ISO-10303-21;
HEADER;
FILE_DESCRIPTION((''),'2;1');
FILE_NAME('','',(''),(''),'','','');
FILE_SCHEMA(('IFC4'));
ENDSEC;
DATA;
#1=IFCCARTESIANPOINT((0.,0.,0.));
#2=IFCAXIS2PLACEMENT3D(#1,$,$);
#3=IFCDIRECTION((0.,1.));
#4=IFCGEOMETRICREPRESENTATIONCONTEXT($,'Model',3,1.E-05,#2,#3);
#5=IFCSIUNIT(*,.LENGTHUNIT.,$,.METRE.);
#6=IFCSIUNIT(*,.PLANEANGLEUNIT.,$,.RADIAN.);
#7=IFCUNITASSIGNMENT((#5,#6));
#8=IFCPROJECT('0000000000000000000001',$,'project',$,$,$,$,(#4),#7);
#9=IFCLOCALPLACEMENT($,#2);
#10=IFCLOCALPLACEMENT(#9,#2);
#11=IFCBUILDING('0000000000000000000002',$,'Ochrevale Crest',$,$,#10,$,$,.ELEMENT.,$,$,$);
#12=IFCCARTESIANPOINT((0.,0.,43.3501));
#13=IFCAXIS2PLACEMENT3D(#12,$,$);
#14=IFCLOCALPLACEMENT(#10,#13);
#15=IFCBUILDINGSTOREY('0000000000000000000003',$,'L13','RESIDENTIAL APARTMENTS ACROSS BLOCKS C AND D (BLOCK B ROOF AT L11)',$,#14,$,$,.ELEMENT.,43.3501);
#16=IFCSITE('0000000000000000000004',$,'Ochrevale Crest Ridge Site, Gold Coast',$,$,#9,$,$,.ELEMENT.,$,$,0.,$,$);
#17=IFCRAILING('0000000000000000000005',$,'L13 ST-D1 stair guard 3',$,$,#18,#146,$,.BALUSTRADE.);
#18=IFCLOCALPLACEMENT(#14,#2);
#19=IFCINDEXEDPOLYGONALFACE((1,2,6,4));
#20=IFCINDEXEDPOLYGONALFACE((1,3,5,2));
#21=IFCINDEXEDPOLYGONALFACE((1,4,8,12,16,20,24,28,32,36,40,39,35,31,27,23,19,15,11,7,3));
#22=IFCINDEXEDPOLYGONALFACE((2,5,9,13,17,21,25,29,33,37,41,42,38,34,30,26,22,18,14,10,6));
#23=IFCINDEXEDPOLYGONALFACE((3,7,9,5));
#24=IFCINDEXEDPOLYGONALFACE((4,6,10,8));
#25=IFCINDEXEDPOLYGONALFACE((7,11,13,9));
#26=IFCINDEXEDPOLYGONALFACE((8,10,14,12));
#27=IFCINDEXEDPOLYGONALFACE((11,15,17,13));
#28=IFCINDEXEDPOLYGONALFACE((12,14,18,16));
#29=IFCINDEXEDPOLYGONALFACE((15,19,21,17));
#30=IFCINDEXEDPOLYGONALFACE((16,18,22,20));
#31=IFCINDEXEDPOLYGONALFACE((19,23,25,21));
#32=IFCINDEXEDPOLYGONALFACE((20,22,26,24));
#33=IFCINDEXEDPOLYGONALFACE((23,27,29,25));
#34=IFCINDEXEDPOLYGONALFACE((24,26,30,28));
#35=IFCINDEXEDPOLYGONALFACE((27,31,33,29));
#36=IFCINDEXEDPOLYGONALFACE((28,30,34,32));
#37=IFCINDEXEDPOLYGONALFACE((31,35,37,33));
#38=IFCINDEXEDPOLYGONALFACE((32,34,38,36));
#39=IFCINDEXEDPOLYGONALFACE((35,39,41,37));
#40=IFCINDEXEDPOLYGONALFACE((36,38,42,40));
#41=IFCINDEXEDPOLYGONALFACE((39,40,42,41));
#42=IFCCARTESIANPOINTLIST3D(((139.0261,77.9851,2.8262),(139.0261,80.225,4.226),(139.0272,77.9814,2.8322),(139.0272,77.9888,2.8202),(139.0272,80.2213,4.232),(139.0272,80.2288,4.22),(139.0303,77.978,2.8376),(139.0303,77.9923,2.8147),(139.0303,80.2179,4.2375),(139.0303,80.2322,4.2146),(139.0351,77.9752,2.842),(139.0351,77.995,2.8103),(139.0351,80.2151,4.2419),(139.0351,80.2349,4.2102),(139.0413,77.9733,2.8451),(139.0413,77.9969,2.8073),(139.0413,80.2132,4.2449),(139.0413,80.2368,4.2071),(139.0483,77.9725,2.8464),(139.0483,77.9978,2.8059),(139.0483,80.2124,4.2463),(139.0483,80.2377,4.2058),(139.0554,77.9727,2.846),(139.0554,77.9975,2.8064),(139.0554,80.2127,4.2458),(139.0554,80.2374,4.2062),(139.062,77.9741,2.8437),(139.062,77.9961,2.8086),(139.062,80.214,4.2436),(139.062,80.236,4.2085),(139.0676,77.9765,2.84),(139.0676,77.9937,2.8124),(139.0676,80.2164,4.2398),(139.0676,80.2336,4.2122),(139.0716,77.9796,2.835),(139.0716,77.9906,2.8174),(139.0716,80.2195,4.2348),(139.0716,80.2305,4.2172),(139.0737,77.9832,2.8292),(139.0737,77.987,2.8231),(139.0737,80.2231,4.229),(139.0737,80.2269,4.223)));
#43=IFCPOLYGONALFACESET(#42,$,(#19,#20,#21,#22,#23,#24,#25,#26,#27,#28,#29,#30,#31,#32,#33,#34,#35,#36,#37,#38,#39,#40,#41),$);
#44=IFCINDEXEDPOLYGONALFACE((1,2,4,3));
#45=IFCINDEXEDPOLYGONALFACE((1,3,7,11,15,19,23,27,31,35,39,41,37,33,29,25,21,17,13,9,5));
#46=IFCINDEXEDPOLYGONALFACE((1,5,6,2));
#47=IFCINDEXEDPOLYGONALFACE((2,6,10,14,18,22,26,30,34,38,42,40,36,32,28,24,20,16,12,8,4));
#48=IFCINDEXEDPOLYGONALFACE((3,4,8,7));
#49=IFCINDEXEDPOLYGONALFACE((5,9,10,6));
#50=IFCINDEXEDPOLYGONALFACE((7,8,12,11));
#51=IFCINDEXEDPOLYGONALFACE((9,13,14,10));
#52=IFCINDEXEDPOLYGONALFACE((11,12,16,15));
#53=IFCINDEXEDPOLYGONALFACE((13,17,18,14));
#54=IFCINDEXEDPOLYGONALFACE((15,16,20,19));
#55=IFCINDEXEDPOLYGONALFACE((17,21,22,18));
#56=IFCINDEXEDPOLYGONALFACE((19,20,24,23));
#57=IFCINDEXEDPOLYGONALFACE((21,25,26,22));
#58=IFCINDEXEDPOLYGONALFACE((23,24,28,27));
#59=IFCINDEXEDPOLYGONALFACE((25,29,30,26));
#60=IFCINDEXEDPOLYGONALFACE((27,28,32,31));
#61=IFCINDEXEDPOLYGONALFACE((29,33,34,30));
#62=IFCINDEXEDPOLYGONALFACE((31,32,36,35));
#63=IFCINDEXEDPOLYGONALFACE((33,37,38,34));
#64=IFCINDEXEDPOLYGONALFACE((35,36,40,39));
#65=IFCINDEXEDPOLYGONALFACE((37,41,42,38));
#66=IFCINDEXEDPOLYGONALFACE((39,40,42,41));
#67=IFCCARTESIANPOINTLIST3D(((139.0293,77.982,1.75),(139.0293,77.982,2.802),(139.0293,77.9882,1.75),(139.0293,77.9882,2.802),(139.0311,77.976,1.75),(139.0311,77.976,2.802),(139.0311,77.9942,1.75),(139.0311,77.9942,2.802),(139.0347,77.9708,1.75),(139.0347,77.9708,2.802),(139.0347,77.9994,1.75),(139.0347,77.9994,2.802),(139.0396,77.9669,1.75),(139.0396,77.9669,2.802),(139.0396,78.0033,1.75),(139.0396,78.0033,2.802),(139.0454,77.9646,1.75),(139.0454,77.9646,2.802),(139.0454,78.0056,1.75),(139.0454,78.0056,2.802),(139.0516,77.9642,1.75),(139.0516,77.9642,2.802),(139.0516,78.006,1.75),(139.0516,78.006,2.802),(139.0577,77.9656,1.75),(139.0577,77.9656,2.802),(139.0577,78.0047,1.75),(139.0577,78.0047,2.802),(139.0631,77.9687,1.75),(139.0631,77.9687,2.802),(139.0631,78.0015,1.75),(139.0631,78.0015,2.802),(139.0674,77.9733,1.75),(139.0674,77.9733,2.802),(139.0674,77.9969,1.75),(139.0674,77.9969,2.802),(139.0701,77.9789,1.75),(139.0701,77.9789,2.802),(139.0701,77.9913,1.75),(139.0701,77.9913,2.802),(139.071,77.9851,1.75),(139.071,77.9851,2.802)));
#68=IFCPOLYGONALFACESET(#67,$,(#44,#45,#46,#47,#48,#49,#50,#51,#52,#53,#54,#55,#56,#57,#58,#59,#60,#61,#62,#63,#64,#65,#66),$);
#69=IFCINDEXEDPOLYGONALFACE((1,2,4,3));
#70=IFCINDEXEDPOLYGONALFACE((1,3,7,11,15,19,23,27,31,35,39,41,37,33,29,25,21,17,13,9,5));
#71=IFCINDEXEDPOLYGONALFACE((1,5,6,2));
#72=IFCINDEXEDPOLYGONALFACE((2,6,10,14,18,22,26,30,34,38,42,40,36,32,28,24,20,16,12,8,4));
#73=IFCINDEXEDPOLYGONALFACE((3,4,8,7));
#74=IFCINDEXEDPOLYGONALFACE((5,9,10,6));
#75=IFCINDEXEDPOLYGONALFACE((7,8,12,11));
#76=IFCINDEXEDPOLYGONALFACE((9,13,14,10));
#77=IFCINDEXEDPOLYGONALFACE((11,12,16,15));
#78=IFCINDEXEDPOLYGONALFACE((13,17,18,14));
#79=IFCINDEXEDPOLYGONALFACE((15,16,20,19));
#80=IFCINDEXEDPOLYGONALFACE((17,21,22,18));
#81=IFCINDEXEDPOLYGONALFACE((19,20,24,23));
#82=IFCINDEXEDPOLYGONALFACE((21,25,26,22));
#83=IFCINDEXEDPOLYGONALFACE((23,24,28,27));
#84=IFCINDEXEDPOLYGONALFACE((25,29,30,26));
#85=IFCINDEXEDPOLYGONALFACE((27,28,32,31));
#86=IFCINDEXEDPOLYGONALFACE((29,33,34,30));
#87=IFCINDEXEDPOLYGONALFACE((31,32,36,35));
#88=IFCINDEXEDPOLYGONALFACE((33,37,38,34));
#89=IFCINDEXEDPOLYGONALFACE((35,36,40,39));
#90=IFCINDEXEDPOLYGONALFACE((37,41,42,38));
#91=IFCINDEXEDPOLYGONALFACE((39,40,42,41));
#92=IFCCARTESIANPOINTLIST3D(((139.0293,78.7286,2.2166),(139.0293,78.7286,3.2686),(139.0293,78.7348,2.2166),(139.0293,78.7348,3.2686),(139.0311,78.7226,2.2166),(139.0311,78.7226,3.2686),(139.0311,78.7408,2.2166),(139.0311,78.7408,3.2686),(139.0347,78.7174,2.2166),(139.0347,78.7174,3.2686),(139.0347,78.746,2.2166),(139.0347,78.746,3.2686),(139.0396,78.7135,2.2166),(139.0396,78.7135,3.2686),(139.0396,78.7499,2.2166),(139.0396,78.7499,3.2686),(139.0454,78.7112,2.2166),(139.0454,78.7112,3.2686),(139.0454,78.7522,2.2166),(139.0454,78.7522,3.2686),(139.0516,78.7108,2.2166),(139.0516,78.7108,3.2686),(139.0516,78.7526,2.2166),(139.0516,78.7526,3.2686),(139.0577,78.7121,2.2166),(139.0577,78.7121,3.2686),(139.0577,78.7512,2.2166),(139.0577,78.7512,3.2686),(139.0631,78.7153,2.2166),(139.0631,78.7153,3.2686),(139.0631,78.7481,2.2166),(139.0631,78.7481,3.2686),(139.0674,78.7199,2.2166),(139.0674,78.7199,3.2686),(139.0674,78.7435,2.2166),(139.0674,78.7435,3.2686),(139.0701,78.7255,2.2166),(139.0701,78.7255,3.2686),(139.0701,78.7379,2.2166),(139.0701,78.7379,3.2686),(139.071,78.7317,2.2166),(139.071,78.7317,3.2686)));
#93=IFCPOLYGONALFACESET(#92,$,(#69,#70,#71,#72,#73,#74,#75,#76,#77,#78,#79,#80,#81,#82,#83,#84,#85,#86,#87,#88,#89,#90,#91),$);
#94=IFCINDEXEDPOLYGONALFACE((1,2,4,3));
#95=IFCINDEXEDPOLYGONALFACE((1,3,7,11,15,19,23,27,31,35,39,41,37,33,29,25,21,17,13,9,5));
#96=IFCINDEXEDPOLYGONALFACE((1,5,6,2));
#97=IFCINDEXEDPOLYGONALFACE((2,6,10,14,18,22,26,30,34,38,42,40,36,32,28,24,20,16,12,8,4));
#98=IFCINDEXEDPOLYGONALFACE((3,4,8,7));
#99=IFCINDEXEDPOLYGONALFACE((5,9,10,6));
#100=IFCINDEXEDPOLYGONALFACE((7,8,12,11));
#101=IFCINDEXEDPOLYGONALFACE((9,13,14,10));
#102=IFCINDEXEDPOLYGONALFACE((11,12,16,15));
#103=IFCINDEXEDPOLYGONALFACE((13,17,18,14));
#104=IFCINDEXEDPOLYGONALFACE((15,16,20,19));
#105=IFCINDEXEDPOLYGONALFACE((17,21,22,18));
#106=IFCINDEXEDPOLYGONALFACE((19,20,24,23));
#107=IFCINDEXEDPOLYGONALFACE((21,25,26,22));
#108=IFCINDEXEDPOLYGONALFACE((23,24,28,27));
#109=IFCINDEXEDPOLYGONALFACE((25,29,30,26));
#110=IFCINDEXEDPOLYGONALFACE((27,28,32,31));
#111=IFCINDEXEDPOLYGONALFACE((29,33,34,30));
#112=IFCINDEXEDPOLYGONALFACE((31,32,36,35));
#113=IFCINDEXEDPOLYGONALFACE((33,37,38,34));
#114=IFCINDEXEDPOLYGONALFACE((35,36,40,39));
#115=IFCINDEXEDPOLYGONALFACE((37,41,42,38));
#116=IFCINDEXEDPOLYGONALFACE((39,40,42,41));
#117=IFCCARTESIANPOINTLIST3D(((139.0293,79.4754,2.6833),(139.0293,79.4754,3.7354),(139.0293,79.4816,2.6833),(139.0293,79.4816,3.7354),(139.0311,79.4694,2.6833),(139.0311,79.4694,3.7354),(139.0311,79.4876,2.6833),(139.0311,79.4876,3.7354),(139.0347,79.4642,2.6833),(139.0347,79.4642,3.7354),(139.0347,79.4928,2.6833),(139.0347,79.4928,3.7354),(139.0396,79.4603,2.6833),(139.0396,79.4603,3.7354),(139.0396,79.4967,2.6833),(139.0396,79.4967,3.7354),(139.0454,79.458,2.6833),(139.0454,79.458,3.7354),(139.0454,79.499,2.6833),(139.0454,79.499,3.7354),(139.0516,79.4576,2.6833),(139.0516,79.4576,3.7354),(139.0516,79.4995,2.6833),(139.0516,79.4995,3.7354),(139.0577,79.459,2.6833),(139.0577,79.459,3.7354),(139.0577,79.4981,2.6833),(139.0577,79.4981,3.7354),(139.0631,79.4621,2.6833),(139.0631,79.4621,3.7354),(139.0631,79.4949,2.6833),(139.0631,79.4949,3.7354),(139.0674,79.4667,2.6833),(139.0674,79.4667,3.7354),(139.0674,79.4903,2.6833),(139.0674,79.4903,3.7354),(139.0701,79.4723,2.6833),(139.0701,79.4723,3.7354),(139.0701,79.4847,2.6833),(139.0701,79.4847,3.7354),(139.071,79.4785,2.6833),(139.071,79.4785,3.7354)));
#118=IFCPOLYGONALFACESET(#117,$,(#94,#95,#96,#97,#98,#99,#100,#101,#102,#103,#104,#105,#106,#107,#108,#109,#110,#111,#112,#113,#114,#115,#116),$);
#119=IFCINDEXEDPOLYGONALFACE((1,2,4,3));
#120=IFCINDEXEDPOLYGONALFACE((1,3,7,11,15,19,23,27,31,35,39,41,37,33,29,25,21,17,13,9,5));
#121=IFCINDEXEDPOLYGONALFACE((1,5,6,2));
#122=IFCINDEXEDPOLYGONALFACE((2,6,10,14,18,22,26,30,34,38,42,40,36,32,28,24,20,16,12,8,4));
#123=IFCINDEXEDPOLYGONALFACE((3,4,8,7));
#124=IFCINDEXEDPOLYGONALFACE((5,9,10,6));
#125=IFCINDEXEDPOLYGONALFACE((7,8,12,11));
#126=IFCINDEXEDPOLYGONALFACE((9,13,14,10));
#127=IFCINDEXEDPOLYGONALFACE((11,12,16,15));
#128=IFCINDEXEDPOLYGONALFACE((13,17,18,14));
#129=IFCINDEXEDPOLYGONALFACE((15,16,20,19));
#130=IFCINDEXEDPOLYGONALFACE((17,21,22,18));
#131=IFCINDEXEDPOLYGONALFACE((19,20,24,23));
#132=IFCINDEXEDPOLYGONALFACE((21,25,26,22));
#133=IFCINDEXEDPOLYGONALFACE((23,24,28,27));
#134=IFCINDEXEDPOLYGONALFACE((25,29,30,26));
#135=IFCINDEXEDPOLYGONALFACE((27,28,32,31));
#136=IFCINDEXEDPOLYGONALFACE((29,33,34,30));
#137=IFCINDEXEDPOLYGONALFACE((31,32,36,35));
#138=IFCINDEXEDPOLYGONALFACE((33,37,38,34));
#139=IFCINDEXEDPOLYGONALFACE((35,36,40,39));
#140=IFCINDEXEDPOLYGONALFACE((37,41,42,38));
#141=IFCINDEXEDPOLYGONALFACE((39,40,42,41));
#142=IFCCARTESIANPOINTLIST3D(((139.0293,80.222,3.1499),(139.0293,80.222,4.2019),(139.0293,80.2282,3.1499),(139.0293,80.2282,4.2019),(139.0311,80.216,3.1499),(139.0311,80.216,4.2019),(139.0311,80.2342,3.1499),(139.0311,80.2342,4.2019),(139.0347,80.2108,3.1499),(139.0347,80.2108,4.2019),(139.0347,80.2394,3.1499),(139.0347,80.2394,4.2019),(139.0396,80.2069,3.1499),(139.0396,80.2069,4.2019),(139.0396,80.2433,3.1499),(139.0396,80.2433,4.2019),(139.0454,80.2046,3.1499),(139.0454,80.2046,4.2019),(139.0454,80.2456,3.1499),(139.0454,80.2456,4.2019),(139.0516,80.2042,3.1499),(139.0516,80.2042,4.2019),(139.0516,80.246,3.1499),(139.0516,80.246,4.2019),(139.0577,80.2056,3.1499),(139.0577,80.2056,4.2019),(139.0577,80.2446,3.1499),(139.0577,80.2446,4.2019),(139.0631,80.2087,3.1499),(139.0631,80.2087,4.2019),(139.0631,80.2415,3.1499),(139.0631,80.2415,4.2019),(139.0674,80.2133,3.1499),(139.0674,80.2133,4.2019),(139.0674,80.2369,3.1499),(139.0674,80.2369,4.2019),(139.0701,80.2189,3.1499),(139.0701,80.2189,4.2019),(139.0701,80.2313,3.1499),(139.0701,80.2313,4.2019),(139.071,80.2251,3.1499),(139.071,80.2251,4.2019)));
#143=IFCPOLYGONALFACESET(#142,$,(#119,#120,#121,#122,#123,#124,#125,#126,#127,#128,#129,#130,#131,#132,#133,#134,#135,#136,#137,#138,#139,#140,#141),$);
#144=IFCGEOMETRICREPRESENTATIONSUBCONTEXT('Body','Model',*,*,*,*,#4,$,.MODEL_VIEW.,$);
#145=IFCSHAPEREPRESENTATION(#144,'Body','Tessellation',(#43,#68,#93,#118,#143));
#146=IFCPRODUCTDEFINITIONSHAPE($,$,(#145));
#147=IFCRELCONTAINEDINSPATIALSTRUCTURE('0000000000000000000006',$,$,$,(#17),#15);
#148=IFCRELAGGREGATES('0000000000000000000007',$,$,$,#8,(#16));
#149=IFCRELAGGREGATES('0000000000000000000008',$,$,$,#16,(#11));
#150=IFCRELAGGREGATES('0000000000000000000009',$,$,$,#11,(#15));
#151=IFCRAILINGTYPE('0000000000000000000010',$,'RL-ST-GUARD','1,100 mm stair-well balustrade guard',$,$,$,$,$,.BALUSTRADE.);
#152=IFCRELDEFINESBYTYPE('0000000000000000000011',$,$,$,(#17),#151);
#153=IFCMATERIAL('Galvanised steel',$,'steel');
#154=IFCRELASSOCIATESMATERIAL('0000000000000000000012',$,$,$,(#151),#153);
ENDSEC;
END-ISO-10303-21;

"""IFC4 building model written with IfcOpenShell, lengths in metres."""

from ifc_helpers import new_model, si_unit, direction, frame, origin, origin_2d, place, context, subcontext, project, spatial, circle, extrude, material, type_object, element, save


model = new_model("IFC4")

# Units and contexts
model_context = context("Model", 3, precision=1e-05, world=origin(), true_north=direction((0.0, 1.0)))
body_context = subcontext(model_context, "Body", "Model", "MODEL_VIEW")
ifc_project = project(units=[si_unit("LENGTHUNIT", "METRE"), si_unit("PLANEANGLEUNIT", "RADIAN")], contexts=[model_context])

# Site, building, storey
site_placement = place(None, origin())
site = spatial("IfcSite", under=ifc_project, at=site_placement, Name="Ochrevale Crest Ridge Site, Gold Coast", CompositionType="ELEMENT", RefElevation=0.0)
building_placement = place(site_placement, origin())
building = spatial("IfcBuilding", under=site, at=building_placement, Name="Ochrevale Crest", CompositionType="ELEMENT")
storey_placement = place(building_placement, frame((0.0, 0.0, 43.3501)))
storey = spatial("IfcBuildingStorey", under=building, at=storey_placement, Name="L13", Description="RESIDENTIAL APARTMENTS ACROSS BLOCKS C AND D (BLOCK B ROOF AT L11)", CompositionType="ELEMENT", Elevation=43.3501)

# Railing
ifc_material_1 = material(Name="Galvanised steel", Category="steel")
railing_type_1 = type_object("IfcRailingType", Name="RL-ST-GUARD", Description="1,100 mm stair-well balustrade guard", PredefinedType="BALUSTRADE", material=ifc_material_1)
railing_1_placement = place(storey_placement, frame((139.05, 77.9851, 1.75)))
element("IfcRailing", 1, at=railing_1_placement, inside=storey, type_object=railing_type_1, Name="L13 ST-D1 stair guard 3", PredefinedType="BALUSTRADE", context=body_context, shape_type="SweptSolid", body=[
    extrude(circle(Radius=0.0239, at=origin_2d()), frame((0.0, 0.0, 1.0762), z_axis=(0.0, 0.848014, 0.529974), x_axis=(-1.0, 0.0, 0.0)), (0.0, 0.0, 1.0), 2.6414),
    extrude(circle(Radius=0.021, at=origin_2d()), origin(), (0.0, 0.0, 1.0), 1.052),
    extrude(circle(Radius=0.021, at=origin_2d()), frame((0.0, 0.7466, 0.4666)), (0.0, 0.0, 1.0), 1.052),
    extrude(circle(Radius=0.021, at=origin_2d()), frame((0.0, 1.4934, 0.9333)), (0.0, 0.0, 1.0), 1.052),
    extrude(circle(Radius=0.021, at=origin_2d()), frame((0.0, 2.24, 1.3999)), (0.0, 0.0, 1.0), 1.052),
])

save(model, "model.ifc")
